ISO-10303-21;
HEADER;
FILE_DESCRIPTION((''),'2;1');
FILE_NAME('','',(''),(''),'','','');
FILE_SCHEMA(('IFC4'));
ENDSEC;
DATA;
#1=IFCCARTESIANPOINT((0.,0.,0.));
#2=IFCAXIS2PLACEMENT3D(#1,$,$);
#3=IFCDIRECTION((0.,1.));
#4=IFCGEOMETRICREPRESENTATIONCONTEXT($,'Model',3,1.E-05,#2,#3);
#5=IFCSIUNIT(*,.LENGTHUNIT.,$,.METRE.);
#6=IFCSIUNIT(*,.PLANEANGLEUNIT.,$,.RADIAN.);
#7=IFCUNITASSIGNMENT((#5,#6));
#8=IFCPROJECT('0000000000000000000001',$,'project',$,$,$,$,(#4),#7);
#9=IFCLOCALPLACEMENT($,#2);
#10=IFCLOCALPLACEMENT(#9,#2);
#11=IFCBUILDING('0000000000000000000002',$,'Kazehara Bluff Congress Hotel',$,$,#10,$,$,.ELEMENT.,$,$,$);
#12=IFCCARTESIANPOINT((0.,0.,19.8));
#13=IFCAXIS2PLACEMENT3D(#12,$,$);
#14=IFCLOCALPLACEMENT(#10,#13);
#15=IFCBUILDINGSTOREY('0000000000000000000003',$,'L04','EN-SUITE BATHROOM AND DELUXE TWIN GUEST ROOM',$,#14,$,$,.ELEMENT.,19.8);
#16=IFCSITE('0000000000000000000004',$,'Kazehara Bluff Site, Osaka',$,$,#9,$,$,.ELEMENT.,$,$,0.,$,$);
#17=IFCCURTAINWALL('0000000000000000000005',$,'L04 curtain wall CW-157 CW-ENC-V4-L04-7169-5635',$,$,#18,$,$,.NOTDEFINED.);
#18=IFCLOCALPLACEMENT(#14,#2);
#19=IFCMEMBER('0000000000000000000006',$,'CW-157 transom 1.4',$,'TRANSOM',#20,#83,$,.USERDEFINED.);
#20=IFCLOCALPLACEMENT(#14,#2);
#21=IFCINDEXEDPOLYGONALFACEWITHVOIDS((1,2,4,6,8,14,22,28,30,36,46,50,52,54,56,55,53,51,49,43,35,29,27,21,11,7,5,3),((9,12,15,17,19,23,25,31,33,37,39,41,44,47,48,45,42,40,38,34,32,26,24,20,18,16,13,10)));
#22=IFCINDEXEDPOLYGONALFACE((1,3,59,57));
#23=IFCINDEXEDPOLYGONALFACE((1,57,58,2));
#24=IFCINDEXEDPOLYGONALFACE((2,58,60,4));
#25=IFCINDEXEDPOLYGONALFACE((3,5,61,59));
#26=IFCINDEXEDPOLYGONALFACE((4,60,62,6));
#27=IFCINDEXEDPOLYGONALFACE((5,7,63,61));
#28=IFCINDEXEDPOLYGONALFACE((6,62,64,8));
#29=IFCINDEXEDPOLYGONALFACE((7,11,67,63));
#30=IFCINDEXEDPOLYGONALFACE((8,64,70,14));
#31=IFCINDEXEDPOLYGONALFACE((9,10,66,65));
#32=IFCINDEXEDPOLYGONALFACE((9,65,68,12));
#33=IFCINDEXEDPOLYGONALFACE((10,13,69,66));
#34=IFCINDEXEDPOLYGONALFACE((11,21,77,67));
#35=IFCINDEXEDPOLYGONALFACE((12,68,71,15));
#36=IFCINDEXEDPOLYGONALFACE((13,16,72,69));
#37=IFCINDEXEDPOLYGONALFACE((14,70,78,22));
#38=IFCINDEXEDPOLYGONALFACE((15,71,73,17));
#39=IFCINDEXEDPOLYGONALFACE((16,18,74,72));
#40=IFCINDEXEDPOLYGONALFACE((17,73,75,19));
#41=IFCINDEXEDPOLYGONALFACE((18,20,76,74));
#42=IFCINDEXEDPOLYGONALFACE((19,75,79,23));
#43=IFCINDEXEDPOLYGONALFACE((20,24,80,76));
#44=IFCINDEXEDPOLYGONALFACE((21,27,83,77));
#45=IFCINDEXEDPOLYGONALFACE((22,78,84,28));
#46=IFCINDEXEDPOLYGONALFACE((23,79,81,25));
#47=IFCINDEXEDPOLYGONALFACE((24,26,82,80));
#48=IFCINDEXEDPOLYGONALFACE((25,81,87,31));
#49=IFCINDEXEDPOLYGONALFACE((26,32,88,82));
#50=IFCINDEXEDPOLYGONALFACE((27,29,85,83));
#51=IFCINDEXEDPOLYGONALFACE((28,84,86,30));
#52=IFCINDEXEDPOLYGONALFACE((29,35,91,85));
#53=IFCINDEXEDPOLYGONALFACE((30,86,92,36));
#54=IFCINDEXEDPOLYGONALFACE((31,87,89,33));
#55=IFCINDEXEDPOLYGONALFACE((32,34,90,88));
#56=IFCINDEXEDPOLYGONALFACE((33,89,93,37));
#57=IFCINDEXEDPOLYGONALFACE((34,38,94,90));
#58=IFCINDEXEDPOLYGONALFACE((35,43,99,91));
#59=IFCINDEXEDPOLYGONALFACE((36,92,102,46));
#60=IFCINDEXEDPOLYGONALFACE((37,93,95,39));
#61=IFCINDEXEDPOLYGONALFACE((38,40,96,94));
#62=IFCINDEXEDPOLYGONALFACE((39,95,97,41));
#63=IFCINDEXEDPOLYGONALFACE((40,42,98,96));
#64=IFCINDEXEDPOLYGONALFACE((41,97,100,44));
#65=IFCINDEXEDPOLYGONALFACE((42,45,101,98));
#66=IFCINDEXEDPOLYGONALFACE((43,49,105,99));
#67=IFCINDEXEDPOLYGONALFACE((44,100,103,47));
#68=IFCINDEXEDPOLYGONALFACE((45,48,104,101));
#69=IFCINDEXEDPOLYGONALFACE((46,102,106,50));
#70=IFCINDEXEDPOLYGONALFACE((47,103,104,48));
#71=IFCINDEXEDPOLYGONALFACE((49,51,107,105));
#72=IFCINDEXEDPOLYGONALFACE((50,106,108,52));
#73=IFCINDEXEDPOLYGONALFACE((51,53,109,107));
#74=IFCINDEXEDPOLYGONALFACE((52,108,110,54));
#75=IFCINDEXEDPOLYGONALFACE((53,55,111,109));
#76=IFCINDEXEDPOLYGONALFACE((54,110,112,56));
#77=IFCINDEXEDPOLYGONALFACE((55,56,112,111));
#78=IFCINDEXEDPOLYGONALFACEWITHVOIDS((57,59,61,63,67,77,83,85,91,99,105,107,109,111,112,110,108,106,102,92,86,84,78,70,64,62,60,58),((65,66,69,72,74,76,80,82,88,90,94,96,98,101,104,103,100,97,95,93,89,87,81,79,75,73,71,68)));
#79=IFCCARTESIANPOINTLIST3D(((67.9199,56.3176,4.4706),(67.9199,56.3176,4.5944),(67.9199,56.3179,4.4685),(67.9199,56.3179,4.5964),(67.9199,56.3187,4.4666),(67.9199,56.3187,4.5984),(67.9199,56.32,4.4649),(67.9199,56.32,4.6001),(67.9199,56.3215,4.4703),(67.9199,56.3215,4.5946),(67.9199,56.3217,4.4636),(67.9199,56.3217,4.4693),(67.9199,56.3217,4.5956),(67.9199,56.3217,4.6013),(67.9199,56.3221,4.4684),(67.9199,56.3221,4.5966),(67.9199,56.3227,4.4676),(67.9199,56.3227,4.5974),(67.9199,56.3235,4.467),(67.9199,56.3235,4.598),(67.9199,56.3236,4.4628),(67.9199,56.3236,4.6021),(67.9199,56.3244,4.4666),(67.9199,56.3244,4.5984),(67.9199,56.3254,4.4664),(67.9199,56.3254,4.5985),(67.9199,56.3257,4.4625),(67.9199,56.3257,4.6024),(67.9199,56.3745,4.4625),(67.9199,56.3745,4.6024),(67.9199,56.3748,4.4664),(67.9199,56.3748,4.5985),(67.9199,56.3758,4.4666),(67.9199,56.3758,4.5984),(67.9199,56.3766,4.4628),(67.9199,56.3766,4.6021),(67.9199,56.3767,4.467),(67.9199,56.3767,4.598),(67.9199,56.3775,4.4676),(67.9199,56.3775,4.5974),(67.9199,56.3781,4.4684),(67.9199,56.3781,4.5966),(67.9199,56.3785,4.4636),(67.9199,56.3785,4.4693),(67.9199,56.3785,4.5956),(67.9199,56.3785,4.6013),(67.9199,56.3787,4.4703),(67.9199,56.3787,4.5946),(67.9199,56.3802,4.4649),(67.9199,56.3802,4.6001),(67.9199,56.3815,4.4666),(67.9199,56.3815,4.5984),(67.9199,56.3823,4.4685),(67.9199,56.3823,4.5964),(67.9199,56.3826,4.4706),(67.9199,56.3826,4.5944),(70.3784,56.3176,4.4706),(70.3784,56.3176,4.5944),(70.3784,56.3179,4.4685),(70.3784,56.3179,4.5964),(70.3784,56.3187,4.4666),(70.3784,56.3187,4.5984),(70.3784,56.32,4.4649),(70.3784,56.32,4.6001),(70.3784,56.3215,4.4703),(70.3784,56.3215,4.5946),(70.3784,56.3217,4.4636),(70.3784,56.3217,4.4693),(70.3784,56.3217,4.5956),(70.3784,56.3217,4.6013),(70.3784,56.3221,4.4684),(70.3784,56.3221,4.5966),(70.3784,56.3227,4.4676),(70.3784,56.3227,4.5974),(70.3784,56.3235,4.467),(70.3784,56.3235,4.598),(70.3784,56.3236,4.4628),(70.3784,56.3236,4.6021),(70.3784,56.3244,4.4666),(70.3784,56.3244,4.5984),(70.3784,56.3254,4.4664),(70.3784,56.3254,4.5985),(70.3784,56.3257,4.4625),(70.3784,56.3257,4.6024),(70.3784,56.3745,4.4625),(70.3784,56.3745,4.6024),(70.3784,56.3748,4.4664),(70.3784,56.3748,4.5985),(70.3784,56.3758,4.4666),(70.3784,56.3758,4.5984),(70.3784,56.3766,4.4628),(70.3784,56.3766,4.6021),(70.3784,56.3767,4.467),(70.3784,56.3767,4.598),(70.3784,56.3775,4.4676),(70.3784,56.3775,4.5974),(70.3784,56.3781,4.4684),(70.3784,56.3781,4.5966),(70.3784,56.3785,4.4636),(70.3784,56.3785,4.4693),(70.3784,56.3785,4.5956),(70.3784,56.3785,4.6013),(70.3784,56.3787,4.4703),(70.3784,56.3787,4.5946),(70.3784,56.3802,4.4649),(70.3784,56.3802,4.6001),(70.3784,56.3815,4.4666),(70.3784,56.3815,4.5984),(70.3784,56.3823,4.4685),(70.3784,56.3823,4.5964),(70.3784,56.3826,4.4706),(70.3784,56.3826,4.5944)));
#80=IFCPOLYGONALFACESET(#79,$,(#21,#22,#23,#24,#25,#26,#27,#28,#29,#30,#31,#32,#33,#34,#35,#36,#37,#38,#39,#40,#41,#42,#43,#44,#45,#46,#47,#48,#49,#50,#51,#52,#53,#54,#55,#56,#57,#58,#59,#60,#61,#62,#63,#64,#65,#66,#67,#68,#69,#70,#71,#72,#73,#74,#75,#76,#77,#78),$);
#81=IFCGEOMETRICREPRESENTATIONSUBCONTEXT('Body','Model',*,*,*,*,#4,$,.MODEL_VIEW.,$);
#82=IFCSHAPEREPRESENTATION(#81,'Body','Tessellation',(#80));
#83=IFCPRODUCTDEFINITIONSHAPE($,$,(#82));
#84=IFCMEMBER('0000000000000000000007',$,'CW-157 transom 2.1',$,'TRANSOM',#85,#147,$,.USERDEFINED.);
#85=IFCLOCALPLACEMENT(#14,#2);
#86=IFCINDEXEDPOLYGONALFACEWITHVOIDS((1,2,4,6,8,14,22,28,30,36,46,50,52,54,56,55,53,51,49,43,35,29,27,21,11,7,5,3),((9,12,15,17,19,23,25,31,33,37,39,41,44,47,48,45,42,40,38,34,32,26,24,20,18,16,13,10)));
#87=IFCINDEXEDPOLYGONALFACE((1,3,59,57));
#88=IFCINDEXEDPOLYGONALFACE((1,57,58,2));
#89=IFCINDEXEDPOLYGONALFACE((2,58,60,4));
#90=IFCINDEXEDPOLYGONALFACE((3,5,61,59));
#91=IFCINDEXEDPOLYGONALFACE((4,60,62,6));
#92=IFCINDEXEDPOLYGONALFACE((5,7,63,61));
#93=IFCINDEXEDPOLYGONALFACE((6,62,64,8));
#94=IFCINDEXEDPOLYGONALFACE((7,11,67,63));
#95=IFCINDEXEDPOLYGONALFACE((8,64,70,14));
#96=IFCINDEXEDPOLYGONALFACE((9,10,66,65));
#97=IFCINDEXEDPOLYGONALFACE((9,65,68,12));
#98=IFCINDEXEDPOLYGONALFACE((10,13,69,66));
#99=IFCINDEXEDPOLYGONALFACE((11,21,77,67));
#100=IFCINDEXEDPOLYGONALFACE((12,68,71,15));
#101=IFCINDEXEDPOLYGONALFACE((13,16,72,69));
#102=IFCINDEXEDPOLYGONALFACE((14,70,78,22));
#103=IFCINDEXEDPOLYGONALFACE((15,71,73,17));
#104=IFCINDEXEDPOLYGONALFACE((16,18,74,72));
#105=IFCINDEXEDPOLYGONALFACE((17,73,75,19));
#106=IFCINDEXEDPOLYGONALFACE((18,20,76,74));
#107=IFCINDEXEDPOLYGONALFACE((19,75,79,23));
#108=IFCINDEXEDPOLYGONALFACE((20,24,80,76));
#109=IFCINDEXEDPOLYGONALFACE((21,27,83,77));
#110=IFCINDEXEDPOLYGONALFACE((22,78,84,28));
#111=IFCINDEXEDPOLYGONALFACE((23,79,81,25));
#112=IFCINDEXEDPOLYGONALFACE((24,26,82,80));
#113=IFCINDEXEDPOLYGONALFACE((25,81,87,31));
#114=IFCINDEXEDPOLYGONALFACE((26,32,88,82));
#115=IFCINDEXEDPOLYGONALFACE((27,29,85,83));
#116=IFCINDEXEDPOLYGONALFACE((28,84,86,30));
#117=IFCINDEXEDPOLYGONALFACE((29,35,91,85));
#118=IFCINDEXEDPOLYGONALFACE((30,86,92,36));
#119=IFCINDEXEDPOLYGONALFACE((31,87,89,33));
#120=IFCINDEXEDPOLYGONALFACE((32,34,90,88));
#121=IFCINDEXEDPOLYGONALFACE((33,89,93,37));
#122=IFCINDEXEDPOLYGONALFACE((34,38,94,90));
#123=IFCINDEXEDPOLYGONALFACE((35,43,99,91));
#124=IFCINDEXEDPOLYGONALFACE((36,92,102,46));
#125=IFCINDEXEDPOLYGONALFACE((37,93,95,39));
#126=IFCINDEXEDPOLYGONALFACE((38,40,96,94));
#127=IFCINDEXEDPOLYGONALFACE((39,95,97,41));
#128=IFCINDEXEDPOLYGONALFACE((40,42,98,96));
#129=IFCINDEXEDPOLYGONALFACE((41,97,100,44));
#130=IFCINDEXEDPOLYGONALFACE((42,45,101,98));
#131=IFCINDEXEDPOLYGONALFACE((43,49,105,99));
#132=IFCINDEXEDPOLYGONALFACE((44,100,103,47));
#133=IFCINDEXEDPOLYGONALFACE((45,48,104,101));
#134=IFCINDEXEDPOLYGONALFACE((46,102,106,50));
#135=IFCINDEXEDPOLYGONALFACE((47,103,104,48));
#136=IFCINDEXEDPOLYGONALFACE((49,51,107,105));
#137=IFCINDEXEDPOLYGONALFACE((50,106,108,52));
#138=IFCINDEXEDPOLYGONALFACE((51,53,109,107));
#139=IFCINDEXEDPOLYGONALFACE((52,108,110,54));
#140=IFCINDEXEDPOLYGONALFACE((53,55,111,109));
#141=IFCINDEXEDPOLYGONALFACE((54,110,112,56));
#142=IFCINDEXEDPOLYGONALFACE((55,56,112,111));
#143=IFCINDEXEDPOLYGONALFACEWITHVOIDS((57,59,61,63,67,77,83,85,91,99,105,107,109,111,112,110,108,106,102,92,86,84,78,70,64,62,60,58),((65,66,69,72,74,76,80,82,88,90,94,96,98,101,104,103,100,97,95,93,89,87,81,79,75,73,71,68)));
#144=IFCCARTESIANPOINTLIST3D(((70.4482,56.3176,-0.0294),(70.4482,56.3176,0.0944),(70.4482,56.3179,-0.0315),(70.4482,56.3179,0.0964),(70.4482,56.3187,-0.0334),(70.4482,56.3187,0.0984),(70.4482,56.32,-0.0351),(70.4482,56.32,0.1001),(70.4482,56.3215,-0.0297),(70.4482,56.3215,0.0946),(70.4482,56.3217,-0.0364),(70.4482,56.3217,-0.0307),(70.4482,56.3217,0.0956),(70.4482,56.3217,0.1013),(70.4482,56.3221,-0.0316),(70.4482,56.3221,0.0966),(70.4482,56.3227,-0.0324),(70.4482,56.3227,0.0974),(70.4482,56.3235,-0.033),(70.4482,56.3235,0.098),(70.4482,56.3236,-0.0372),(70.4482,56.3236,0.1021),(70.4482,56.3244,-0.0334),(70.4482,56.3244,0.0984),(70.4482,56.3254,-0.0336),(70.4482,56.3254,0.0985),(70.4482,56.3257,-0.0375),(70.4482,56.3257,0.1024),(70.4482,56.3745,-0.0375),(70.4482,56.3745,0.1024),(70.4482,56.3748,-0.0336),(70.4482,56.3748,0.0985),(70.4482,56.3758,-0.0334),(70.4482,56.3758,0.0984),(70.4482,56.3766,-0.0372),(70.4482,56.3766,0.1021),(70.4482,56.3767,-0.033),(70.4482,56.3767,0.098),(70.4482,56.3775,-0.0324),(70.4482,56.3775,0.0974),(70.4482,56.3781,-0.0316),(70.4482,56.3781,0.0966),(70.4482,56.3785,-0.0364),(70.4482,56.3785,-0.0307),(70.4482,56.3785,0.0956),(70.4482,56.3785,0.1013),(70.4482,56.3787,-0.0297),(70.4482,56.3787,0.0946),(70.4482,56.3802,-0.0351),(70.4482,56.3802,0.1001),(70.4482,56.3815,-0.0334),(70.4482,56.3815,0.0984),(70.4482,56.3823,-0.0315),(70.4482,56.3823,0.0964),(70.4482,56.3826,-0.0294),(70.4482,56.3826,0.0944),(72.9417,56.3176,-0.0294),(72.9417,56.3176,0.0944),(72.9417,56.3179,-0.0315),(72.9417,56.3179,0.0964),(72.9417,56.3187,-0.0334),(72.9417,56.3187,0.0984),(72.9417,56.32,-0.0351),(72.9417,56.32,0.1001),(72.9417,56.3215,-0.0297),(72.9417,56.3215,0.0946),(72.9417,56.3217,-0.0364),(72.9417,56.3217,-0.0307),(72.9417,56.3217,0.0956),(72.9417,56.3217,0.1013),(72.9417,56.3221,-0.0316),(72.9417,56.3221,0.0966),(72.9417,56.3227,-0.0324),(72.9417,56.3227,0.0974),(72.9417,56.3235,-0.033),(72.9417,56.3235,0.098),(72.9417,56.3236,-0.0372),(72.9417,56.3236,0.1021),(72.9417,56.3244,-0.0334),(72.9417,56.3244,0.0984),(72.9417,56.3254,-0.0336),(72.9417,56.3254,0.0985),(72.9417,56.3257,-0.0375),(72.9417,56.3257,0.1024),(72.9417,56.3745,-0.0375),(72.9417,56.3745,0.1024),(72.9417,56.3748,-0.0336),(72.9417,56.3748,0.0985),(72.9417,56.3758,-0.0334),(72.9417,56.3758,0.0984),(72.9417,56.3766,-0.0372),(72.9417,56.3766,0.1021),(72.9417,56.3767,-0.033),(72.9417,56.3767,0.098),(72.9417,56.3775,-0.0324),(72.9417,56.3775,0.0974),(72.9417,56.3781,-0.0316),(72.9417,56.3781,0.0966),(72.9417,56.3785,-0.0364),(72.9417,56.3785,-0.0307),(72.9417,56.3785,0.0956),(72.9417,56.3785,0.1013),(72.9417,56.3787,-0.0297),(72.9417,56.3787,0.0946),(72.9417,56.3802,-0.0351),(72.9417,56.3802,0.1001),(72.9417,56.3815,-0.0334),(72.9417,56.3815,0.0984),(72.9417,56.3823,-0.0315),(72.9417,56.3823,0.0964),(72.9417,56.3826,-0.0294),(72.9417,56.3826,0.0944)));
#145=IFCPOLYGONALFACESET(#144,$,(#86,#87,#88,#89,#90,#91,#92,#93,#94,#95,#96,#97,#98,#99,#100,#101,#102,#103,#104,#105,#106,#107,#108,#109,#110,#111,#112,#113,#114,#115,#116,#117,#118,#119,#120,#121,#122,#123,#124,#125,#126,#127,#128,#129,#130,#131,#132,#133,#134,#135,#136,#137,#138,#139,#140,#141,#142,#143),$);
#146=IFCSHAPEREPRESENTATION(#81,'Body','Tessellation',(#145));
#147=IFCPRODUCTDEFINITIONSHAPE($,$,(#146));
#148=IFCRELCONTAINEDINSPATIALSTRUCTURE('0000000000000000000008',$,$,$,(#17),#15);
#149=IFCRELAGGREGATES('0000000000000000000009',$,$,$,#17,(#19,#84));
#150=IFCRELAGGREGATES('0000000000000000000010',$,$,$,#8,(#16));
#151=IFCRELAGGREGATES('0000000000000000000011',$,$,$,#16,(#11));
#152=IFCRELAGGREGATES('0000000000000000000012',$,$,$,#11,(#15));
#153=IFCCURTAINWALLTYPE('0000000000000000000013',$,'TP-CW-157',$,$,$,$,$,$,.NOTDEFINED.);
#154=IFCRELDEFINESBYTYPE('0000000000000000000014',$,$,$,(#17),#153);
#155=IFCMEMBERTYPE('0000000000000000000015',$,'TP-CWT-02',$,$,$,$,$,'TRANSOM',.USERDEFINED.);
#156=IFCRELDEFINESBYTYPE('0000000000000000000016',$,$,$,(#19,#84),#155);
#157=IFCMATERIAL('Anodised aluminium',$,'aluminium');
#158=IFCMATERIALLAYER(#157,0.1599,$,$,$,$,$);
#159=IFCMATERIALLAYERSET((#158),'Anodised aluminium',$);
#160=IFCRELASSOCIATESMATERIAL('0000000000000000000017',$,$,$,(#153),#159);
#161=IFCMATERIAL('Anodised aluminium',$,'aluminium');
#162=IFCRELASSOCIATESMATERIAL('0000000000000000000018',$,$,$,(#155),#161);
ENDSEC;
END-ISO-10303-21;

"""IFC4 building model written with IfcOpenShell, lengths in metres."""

from ifc_helpers import new_model, si_unit, direction, frame, origin, origin_2d, place, context, subcontext, project, spatial, hollow_rectangle, extrude, material, layer, layer_set, material_profile, profile_set, type_object, element, aggregate, save


model = new_model("IFC4")

# Units and contexts
model_context = context("Model", 3, precision=1e-05, world=origin(), true_north=direction((0.0, 1.0)))
body_context = subcontext(model_context, "Body", "Model", "MODEL_VIEW")
ifc_project = project(units=[si_unit("LENGTHUNIT", "METRE"), si_unit("PLANEANGLEUNIT", "RADIAN")], contexts=[model_context])

# Site, building, storey
site_placement = place(None, origin())
site = spatial("IfcSite", under=ifc_project, at=site_placement, Name="Kazehara Bluff Site, Osaka", CompositionType="ELEMENT", RefElevation=0.0)
building_placement = place(site_placement, origin())
building = spatial("IfcBuilding", under=site, at=building_placement, Name="Kazehara Bluff Congress Hotel", CompositionType="ELEMENT")
storey_placement = place(building_placement, frame((0.0, 0.0, 19.8)))
storey = spatial("IfcBuildingStorey", under=building, at=storey_placement, Name="L04", Description="EN-SUITE BATHROOM AND DELUXE TWIN GUEST ROOM", CompositionType="ELEMENT", Elevation=19.8)

# Curtain wall, members
ifc_material_1 = material(Name="Anodised aluminium", Category="aluminium")
ifc_layer_1 = layer(ifc_material_1, 0.1599)
ifc_layer_set_1 = layer_set([ifc_layer_1], Name="Anodised aluminium")
curtain_wall_type_1 = type_object("IfcCurtainWallType", Name="TP-CW-157", PredefinedType="NOTDEFINED", material=ifc_layer_set_1)
curtain_wall_1_placement = place(storey_placement, origin())
curtain_wall_1 = element("IfcCurtainWall", 1, at=curtain_wall_1_placement, inside=storey, type_object=curtain_wall_type_1, Name="L04 curtain wall CW-157 CW-ENC-V4-L04-7169-5635", PredefinedType="NOTDEFINED")
ifc_material_2 = material(Name="Anodised aluminium", Category="aluminium")
ifc_material_profile_1 = material_profile(ifc_material_2, hollow_rectangle(XDim=0.0649, YDim=0.1399, WallThickness=0.0039, InnerFilletRadius=0.0039, OuterFilletRadius=0.0081, at=origin_2d()))
ifc_profile_set_1 = profile_set([ifc_material_profile_1], Name="Anodised aluminium")
member_type_1 = type_object("IfcMemberType", Name="TP-CWT-02", ElementType="TRANSOM", PredefinedType="USERDEFINED", material=ifc_profile_set_1)
member_1_placement = place(storey_placement, frame((67.9199, 56.3501, 4.5325), z_axis=(1.0, 0.0, 0.0), x_axis=(0.0, 1.0, 0.0)))
member_1 = element("IfcMember", 2, at=member_1_placement, type_object=member_type_1, Name="CW-157 transom 1.4", ObjectType="TRANSOM", PredefinedType="USERDEFINED", context=body_context, shape_type="SweptSolid", body=[
    extrude(hollow_rectangle(XDim=0.0649, YDim=0.1399, WallThickness=0.0039, InnerFilletRadius=0.0039, OuterFilletRadius=0.0081, at=origin_2d()), origin(), (0.0, 0.0, 1.0), 2.4585),
])
member_2_placement = place(storey_placement, frame((70.4482, 56.3501, 0.0325), z_axis=(1.0, 0.0, 0.0), x_axis=(0.0, 1.0, 0.0)))
member_2 = element("IfcMember", 3, at=member_2_placement, type_object=member_type_1, Name="CW-157 transom 2.1", ObjectType="TRANSOM", PredefinedType="USERDEFINED", context=body_context, shape_type="SweptSolid", body=[
    extrude(hollow_rectangle(XDim=0.0649, YDim=0.1399, WallThickness=0.0039, InnerFilletRadius=0.0039, OuterFilletRadius=0.0081, at=origin_2d()), origin(), (0.0, 0.0, 1.0), 2.4934),
])

aggregate(curtain_wall_1, [member_1, member_2])

save(model, "model.ifc")
